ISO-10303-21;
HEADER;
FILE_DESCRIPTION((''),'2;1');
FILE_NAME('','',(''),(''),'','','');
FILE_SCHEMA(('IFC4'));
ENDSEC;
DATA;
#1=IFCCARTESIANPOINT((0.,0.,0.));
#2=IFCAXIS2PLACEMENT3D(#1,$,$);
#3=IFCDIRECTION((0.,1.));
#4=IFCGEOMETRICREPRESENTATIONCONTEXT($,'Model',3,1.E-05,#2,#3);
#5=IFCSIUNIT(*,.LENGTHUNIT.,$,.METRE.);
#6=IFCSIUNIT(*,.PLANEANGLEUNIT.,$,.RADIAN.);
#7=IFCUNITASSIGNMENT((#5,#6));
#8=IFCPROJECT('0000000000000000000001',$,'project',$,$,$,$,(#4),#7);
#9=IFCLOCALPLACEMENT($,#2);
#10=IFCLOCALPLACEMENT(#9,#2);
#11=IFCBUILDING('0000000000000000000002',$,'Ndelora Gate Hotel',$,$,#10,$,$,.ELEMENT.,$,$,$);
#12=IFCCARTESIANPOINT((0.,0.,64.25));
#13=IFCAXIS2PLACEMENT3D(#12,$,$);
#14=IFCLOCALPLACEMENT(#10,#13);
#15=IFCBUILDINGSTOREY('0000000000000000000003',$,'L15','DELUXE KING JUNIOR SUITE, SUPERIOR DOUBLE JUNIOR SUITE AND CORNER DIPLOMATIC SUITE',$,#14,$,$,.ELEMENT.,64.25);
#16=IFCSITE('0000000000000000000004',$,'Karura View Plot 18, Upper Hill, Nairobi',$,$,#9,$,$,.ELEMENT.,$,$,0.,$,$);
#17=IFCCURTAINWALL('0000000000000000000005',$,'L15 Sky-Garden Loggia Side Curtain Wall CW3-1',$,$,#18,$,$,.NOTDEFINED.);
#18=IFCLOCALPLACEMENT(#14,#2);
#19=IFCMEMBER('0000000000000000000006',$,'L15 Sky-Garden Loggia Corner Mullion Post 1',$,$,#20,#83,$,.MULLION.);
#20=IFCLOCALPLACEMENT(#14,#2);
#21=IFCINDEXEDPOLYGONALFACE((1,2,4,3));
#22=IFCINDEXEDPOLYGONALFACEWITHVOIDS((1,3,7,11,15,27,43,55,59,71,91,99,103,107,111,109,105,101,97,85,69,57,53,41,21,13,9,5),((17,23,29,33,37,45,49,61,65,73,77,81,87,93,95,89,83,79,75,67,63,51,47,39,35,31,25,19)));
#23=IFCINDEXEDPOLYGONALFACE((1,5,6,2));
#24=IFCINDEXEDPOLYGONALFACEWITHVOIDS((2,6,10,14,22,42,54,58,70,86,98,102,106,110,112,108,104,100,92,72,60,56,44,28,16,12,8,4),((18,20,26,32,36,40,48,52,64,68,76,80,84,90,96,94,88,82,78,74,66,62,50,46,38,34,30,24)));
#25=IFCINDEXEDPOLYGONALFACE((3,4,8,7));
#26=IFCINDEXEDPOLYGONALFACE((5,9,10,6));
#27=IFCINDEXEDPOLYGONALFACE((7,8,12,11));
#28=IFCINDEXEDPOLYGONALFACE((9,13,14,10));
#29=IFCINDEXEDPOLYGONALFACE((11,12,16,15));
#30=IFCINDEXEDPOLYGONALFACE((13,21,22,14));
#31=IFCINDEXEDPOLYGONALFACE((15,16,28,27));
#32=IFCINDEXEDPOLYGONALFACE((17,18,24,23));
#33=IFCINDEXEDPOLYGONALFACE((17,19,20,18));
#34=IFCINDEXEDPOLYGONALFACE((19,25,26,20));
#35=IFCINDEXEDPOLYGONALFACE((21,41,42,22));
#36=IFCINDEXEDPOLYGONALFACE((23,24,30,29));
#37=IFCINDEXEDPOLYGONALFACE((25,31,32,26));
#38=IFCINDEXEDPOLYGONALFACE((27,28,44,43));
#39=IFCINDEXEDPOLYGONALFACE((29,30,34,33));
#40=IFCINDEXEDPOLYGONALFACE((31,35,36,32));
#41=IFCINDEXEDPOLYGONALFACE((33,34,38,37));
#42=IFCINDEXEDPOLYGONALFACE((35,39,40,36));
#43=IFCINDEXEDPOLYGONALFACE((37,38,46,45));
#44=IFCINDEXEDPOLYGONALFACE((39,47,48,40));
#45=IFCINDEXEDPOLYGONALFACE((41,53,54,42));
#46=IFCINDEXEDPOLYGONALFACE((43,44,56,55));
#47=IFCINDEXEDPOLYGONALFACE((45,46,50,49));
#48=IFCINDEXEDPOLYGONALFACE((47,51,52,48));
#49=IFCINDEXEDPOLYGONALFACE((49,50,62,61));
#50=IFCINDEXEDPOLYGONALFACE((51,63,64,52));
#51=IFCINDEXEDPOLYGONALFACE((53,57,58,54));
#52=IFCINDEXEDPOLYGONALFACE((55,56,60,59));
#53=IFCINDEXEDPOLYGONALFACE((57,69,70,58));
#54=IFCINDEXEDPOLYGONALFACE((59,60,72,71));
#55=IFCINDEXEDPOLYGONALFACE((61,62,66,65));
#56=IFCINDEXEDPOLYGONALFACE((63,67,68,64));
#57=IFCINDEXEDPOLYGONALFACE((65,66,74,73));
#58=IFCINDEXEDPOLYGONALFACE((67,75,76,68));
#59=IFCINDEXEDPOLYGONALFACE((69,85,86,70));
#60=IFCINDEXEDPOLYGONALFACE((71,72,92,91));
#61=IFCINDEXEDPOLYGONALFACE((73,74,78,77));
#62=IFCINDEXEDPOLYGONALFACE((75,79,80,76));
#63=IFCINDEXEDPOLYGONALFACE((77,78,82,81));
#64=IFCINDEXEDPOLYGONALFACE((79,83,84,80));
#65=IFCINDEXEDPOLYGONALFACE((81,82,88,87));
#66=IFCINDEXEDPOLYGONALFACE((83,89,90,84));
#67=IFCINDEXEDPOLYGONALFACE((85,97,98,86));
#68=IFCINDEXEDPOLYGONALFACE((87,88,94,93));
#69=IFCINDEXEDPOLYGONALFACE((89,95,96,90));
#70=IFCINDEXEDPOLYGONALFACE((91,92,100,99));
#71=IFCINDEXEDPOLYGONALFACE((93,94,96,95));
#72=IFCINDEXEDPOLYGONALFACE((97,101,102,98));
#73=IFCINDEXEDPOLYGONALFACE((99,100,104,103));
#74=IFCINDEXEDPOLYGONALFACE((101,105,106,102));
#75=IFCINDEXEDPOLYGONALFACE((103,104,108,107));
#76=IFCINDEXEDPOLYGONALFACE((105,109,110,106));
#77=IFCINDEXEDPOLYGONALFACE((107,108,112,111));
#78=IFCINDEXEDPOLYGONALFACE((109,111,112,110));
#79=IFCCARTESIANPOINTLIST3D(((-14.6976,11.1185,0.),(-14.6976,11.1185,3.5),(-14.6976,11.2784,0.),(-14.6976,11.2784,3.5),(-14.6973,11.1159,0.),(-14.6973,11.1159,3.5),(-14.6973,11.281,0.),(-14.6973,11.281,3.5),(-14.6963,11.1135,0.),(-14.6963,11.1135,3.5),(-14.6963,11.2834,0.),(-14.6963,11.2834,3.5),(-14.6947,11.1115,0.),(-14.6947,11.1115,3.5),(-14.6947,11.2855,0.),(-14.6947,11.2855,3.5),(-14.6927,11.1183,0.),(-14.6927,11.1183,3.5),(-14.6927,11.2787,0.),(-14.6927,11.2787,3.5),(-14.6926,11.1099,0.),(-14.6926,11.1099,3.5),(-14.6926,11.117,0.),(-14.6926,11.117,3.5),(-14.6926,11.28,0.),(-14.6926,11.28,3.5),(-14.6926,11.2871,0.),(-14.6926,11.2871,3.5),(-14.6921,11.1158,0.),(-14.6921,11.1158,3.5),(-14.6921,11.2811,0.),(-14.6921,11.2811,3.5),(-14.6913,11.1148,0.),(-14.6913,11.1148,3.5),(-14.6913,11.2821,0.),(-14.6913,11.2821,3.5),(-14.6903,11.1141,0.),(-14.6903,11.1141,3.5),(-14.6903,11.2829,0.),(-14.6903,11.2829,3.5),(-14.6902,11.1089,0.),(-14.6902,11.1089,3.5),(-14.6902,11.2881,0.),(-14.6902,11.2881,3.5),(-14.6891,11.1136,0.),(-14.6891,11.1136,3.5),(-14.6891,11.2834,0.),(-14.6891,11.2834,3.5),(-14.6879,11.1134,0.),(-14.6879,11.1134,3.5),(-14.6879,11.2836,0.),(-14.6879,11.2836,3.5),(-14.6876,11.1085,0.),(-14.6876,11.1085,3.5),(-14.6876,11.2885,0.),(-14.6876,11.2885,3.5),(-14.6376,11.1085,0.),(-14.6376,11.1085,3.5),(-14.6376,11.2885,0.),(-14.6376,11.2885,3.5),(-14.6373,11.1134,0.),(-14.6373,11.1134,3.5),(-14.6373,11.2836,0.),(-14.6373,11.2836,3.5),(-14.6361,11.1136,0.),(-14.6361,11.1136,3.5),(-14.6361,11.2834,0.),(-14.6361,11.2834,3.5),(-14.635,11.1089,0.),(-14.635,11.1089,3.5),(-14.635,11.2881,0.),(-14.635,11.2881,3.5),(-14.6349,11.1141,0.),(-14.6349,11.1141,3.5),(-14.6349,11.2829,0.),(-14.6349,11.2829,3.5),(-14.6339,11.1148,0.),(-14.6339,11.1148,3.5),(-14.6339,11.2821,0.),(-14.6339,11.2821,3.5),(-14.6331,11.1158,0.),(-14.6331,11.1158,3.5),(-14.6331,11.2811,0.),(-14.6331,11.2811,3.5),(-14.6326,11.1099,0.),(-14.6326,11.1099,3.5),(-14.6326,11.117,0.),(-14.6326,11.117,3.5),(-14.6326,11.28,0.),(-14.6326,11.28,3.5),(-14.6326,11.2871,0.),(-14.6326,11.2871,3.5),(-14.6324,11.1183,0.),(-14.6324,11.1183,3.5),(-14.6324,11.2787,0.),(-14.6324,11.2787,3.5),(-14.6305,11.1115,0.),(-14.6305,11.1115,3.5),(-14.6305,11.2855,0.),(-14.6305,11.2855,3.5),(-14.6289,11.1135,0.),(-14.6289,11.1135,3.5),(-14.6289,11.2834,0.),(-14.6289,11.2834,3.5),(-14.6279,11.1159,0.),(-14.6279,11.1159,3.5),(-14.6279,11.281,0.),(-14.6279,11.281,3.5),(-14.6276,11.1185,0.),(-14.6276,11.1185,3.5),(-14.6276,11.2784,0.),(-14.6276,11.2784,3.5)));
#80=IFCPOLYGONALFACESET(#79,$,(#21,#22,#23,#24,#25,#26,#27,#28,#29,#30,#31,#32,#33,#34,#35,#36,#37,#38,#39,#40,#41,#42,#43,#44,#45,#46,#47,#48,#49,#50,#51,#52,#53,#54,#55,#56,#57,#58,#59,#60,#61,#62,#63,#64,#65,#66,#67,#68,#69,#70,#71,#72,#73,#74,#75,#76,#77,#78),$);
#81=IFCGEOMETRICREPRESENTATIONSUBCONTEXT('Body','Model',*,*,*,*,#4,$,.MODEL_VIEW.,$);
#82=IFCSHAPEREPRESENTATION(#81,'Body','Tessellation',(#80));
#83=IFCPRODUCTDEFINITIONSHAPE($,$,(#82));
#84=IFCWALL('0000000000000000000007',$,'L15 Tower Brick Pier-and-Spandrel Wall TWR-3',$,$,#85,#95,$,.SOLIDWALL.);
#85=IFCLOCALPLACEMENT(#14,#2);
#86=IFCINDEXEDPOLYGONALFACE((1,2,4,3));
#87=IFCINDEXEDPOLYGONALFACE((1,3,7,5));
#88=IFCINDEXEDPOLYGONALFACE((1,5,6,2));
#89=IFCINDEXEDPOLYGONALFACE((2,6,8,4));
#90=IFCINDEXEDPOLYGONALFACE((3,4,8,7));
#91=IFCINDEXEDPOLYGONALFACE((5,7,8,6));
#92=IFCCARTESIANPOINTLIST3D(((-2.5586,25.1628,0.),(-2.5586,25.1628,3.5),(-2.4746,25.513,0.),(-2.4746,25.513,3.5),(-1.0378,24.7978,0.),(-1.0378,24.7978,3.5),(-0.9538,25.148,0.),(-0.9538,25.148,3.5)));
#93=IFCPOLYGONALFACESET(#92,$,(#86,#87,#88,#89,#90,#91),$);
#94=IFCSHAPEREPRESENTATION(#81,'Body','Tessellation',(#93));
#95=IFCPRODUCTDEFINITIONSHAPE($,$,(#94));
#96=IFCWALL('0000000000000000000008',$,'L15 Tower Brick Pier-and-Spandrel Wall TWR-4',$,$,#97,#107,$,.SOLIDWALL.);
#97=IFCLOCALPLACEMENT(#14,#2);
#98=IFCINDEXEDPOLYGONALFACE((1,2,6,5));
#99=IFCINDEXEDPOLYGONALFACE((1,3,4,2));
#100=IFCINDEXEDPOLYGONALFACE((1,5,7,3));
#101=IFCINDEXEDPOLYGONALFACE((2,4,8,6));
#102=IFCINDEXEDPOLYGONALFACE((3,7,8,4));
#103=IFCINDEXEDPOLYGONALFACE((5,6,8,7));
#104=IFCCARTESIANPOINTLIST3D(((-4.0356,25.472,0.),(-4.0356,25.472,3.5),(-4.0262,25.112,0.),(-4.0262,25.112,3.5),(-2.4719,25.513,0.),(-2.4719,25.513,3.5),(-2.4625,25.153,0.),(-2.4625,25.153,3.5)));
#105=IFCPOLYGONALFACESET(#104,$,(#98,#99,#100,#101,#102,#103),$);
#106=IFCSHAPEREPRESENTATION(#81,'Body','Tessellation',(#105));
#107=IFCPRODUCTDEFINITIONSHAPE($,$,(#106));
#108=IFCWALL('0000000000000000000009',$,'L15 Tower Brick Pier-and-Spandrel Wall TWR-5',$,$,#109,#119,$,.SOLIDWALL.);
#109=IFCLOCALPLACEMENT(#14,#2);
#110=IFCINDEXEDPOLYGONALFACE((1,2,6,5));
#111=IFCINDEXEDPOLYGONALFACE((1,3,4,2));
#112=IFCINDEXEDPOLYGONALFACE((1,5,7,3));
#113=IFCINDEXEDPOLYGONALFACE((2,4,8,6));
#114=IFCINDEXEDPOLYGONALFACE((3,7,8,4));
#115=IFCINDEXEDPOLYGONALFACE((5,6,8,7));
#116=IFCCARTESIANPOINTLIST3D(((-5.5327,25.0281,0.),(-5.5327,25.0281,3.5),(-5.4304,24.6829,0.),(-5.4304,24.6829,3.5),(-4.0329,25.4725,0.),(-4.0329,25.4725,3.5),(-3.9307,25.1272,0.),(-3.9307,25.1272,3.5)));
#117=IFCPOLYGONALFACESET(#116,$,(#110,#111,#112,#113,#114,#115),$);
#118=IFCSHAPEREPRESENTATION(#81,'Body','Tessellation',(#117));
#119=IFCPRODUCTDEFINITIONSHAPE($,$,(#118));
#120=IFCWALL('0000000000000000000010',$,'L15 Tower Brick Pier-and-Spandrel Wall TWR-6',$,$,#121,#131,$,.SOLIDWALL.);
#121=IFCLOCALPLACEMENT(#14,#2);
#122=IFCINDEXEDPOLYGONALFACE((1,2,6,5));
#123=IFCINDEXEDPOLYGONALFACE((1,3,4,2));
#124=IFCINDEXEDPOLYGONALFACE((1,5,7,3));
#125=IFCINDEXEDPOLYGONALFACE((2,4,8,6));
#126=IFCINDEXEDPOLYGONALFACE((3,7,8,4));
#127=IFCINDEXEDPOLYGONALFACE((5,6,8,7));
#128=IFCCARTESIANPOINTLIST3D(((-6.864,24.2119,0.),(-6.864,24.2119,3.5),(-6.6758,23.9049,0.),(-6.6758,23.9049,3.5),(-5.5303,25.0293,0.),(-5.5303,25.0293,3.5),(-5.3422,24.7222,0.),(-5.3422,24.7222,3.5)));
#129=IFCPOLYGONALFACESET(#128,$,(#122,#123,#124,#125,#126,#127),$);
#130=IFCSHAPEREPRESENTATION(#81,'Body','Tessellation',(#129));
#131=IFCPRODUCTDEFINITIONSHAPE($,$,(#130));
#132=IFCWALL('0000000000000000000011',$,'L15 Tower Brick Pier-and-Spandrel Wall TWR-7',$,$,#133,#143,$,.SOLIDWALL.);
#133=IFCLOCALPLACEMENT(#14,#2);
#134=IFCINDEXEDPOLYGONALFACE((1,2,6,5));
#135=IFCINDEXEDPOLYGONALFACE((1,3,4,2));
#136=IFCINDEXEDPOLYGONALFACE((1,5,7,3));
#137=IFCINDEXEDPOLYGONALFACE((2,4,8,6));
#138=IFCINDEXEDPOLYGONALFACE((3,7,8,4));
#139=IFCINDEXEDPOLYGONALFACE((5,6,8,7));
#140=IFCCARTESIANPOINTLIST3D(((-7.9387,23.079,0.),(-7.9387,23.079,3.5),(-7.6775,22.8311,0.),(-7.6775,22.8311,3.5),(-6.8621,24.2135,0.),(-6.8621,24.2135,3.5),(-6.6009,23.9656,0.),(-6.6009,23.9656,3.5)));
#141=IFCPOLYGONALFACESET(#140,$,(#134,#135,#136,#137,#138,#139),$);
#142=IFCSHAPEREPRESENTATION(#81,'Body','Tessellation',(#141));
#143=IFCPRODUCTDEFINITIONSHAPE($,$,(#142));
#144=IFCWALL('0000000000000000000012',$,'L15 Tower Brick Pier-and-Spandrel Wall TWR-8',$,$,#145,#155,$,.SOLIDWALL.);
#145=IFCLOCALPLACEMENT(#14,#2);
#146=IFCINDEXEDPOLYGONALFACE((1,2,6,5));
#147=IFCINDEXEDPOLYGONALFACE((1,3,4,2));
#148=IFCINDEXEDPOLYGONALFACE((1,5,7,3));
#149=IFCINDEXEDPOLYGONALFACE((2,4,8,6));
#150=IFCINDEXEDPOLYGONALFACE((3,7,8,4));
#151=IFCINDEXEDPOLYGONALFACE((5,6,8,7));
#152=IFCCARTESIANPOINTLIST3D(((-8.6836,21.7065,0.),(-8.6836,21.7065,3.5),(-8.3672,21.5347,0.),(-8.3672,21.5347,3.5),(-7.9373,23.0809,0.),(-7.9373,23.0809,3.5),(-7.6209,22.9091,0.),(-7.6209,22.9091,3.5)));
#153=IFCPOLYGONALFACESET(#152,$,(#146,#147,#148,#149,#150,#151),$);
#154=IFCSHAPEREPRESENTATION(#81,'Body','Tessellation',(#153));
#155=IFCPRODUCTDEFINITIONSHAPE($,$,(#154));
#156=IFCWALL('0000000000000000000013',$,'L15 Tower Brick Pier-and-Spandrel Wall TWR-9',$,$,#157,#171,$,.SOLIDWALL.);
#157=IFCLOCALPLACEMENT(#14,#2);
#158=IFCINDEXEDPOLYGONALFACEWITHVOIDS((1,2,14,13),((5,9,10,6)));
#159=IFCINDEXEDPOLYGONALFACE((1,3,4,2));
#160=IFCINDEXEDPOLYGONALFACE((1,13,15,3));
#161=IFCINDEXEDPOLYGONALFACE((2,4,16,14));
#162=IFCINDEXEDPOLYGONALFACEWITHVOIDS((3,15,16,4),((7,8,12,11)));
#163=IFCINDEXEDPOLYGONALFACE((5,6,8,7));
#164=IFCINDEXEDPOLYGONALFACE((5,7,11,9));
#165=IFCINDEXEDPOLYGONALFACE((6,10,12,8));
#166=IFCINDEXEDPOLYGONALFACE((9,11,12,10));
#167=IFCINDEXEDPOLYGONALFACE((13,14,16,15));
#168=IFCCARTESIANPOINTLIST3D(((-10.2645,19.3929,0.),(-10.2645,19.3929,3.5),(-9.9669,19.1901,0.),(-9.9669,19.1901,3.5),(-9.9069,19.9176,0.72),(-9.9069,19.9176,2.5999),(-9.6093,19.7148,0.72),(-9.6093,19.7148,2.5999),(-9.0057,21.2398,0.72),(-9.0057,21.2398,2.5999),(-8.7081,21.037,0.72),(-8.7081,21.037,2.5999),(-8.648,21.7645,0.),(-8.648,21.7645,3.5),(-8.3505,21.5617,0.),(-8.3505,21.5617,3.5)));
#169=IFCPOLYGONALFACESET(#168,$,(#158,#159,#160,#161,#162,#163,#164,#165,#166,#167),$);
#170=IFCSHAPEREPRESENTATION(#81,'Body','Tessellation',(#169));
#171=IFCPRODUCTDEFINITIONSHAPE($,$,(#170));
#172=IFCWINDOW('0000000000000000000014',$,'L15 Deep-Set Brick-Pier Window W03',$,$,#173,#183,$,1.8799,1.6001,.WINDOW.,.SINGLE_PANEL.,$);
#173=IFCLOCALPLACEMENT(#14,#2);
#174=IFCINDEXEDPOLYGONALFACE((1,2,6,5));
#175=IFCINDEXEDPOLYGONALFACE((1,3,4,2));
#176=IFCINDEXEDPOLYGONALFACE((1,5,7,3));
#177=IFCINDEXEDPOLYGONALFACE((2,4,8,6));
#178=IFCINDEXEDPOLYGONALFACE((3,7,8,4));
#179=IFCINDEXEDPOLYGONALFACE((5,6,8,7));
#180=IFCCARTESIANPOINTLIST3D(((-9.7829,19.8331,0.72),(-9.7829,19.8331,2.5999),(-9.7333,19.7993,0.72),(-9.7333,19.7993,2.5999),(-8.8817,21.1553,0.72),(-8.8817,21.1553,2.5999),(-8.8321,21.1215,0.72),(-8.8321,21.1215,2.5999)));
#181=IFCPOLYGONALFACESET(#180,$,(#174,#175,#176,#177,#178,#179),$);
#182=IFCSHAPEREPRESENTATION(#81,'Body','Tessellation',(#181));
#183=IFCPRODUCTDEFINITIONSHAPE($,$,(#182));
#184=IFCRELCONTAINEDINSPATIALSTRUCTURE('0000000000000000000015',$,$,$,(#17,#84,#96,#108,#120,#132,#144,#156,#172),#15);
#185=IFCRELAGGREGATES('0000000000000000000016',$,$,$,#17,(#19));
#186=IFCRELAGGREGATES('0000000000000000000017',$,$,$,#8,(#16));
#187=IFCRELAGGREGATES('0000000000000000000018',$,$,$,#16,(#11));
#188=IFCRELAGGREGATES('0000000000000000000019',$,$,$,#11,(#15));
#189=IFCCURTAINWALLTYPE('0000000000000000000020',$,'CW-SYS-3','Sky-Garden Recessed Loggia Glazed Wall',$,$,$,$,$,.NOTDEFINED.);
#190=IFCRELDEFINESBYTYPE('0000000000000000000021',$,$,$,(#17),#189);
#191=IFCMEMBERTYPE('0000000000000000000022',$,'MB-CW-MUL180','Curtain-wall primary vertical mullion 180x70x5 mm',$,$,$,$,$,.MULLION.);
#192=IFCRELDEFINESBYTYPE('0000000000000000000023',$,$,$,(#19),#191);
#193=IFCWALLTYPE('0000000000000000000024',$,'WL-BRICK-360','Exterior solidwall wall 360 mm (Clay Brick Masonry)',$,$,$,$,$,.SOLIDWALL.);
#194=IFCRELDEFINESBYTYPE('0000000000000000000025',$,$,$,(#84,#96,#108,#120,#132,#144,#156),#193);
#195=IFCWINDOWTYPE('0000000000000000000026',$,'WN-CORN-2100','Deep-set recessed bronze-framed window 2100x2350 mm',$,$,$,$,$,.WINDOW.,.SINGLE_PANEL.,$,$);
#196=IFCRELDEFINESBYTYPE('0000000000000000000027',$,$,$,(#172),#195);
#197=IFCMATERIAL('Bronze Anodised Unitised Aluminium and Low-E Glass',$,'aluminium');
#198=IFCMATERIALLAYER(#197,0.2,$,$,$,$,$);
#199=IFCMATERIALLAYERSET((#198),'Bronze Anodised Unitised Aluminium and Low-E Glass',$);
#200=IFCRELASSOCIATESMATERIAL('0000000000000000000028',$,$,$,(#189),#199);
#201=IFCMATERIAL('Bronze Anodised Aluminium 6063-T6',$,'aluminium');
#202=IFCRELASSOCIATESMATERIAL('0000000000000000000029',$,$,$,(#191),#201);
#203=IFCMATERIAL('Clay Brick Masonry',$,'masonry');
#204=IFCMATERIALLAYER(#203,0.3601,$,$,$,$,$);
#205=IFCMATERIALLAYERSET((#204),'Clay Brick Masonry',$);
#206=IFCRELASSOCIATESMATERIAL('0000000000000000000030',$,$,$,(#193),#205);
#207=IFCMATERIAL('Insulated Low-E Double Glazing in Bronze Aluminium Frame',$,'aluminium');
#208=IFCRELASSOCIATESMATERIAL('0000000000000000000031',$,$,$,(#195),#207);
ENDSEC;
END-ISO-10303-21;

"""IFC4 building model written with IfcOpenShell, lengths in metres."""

from ifc_helpers import new_model, si_unit, direction, frame, frame_2d, origin, origin_2d, place, context, subcontext, project, spatial, rectangle, hollow_rectangle, extrude, material, layer, layer_set, material_profile, profile_set, type_object, element, fill, aggregate, save


model = new_model("IFC4")

# Units and contexts
model_context = context("Model", 3, precision=1e-05, world=origin(), true_north=direction((0.0, 1.0)))
body_context = subcontext(model_context, "Body", "Model", "MODEL_VIEW")
ifc_project = project(units=[si_unit("LENGTHUNIT", "METRE"), si_unit("PLANEANGLEUNIT", "RADIAN")], contexts=[model_context])

# Site, building, storey
site_placement = place(None, origin())
site = spatial("IfcSite", under=ifc_project, at=site_placement, Name="Karura View Plot 18, Upper Hill, Nairobi", CompositionType="ELEMENT", RefElevation=0.0)
building_placement = place(site_placement, origin())
building = spatial("IfcBuilding", under=site, at=building_placement, Name="Ndelora Gate Hotel", CompositionType="ELEMENT")
storey_placement = place(building_placement, frame((0.0, 0.0, 64.25)))
storey = spatial("IfcBuildingStorey", under=building, at=storey_placement, Name="L15", Description="DELUXE KING JUNIOR SUITE, SUPERIOR DOUBLE JUNIOR SUITE AND CORNER DIPLOMATIC SUITE", CompositionType="ELEMENT", Elevation=64.25)

# Curtain wall, member
ifc_material_1 = material(Name="Bronze Anodised Unitised Aluminium and Low-E Glass", Category="aluminium")
ifc_layer_1 = layer(ifc_material_1, 0.2)
ifc_layer_set_1 = layer_set([ifc_layer_1], Name="Bronze Anodised Unitised Aluminium and Low-E Glass")
curtain_wall_type = type_object("IfcCurtainWallType", Name="CW-SYS-3", Description="Sky-Garden Recessed Loggia Glazed Wall", PredefinedType="NOTDEFINED", material=ifc_layer_set_1)
curtain_wall_placement = place(storey_placement, origin())
curtain_wall = element("IfcCurtainWall", 1, at=curtain_wall_placement, inside=storey, type_object=curtain_wall_type, Name="L15 Sky-Garden Loggia Side Curtain Wall CW3-1", PredefinedType="NOTDEFINED")
ifc_material_2 = material(Name="Bronze Anodised Aluminium 6063-T6", Category="aluminium")
ifc_material_profile_1 = material_profile(ifc_material_2, hollow_rectangle(XDim=0.0701, YDim=0.1799, WallThickness=0.0049, InnerFilletRadius=0.0049, OuterFilletRadius=0.01, at=origin_2d()), Name="ALU 180x70x5")
ifc_profile_set_1 = profile_set([ifc_material_profile_1], Name="Bronze Anodised Aluminium 6063-T6")
member_type_1 = type_object("IfcMemberType", Name="MB-CW-MUL180", Description="Curtain-wall primary vertical mullion 180x70x5 mm", PredefinedType="MULLION", material=ifc_profile_set_1)
member_1_placement = place(storey_placement, frame((-14.6626, 11.1985, 0.0), z_axis=(0.0, 0.0, 1.0), x_axis=(1.0, 0.0, 0.0)))
member_1 = element("IfcMember", 2, at=member_1_placement, type_object=member_type_1, Name="L15 Sky-Garden Loggia Corner Mullion Post 1", PredefinedType="MULLION", context=body_context, shape_type="SweptSolid", body=[
    extrude(hollow_rectangle(XDim=0.0701, YDim=0.1799, WallThickness=0.0049, InnerFilletRadius=0.0049, OuterFilletRadius=0.01, at=origin_2d()), origin(), (0.0, 0.0, 1.0), 3.5),
])
aggregate(curtain_wall, [member_1])

# Walls
ifc_material_3 = material(Name="Clay Brick Masonry", Category="masonry")
ifc_layer_2 = layer(ifc_material_3, 0.3601)
ifc_layer_set_2 = layer_set([ifc_layer_2], Name="Clay Brick Masonry")
wall_type_1 = type_object("IfcWallType", Name="WL-BRICK-360", Description="Exterior solidwall wall 360 mm (Clay Brick Masonry)", PredefinedType="SOLIDWALL", material=ifc_layer_set_2)
wall_1_placement = place(storey_placement, frame((-2.5166, 25.3379, 0.0), z_axis=(0.0, 0.0, 1.0), x_axis=(0.972386, -0.233379, 0.0)))
element("IfcWall", 3, at=wall_1_placement, inside=storey, type_object=wall_type_1, Name="L15 Tower Brick Pier-and-Spandrel Wall TWR-3", PredefinedType="SOLIDWALL", context=body_context, shape_type="SweptSolid", body=[
    extrude(rectangle(XDim=1.564, YDim=0.3601, at=frame_2d((0.782, 0.0))), origin(), (0.0, 0.0, 1.0), 3.5),
])
for number, where, z_axis, x_axis, name in (
    (4, (-4.031, 25.292, 0.0), (0.0, 0.0, 1.0), (0.999656, 0.02622, 0.0), "L15 Tower Brick Pier-and-Spandrel Wall TWR-4"),
    (5, (-5.4817, 24.8555, 0.0), (0.0, 0.0, 1.0), (0.958804, 0.284067, 0.0), "L15 Tower Brick Pier-and-Spandrel Wall TWR-5"),
    (6, (-6.77, 24.0583, 0.0), (0.0, 0.0, 1.0), (0.852621, 0.522529, 0.0), "L15 Tower Brick Pier-and-Spandrel Wall TWR-6"),
):
    element("IfcWall", number, at=place(storey_placement, frame(where, z_axis=z_axis, x_axis=x_axis)), inside=storey, type_object=wall_type_1, Name=name, PredefinedType="SOLIDWALL", context=body_context, shape_type="SweptSolid", body=[
        extrude(rectangle(XDim=1.5642, YDim=0.3601, at=frame_2d((0.7822, 0.0))), origin(), (0.0, 0.0, 1.0), 3.5),
    ])
for number, where, z_axis, x_axis, name in (
    (7, (-7.8081, 22.9551, 0.0), (0.0, 0.0, 1.0), (0.688368, 0.725362, 0.0), "L15 Tower Brick Pier-and-Spandrel Wall TWR-7"),
    (8, (-8.5254, 21.6206, 0.0), (0.0, 0.0, 1.0), (0.477178, 0.878807, 0.0), "L15 Tower Brick Pier-and-Spandrel Wall TWR-8"),
):
    element("IfcWall", number, at=place(storey_placement, frame(where, z_axis=z_axis, x_axis=x_axis)), inside=storey, type_object=wall_type_1, Name=name, PredefinedType="SOLIDWALL", context=body_context, shape_type="SweptSolid", body=[
        extrude(rectangle(XDim=1.564, YDim=0.3601, at=frame_2d((0.782, 0.0))), origin(), (0.0, 0.0, 1.0), 3.5),
    ])

# Wall, opening, window
wall_2_placement = place(storey_placement, frame((-10.1157, 19.2915, 0.0), z_axis=(0.0, 0.0, 1.0), x_axis=(0.56321, 0.826314, 0.0)))
wall_2 = element("IfcWall", 9, at=wall_2_placement, inside=storey, type_object=wall_type_1, Name="L15 Tower Brick Pier-and-Spandrel Wall TWR-9", PredefinedType="SOLIDWALL", context=body_context, shape_type="SweptSolid", body=[
    extrude(rectangle(XDim=2.8701, YDim=0.3601, at=frame_2d((1.4351, 0.0))), origin(), (0.0, 0.0, 1.0), 3.5),
])
opening_1_placement = place(wall_2_placement, frame((0.635, 0.0, 0.72)))
opening_1 = element("IfcOpeningElement", 10, at=opening_1_placement, cuts=wall_2, PredefinedType="OPENING", context=body_context, shape_type="SweptSolid", body=[
    extrude(rectangle(XDim=1.6001, YDim=1.8799, at=frame_2d((0.8, 0.9399))), frame((0.0, 0.1899, 0.0), z_axis=(0.0, -1.0, 0.0), x_axis=(1.0, 0.0, 0.0)), (0.0, 0.0, 1.0), 0.3801),
])
ifc_material_4 = material(Name="Insulated Low-E Double Glazing in Bronze Aluminium Frame", Category="aluminium")
window_type_1 = type_object("IfcWindowType", Name="WN-CORN-2100", Description="Deep-set recessed bronze-framed window 2100x2350 mm", PartitioningType="SINGLE_PANEL", PredefinedType="WINDOW", material=ifc_material_4)
window_1_placement = place(opening_1_placement, origin())
window_1 = element("IfcWindow", 11, at=window_1_placement, inside=storey, type_object=window_type_1, Name="L15 Deep-Set Brick-Pier Window W03", OverallHeight=1.8799, OverallWidth=1.6001, PartitioningType="SINGLE_PANEL", PredefinedType="WINDOW", context=body_context, shape_type="SweptSolid", body=[
    extrude(rectangle(XDim=1.6001, YDim=1.8799, at=frame_2d((0.8, 0.9399))), frame((0.0, 0.03, 0.0), z_axis=(0.0, -1.0, 0.0), x_axis=(1.0, 0.0, 0.0)), (0.0, 0.0, 1.0), 0.0601),
])
fill(opening_1, window_1)

save(model, "model.ifc")
